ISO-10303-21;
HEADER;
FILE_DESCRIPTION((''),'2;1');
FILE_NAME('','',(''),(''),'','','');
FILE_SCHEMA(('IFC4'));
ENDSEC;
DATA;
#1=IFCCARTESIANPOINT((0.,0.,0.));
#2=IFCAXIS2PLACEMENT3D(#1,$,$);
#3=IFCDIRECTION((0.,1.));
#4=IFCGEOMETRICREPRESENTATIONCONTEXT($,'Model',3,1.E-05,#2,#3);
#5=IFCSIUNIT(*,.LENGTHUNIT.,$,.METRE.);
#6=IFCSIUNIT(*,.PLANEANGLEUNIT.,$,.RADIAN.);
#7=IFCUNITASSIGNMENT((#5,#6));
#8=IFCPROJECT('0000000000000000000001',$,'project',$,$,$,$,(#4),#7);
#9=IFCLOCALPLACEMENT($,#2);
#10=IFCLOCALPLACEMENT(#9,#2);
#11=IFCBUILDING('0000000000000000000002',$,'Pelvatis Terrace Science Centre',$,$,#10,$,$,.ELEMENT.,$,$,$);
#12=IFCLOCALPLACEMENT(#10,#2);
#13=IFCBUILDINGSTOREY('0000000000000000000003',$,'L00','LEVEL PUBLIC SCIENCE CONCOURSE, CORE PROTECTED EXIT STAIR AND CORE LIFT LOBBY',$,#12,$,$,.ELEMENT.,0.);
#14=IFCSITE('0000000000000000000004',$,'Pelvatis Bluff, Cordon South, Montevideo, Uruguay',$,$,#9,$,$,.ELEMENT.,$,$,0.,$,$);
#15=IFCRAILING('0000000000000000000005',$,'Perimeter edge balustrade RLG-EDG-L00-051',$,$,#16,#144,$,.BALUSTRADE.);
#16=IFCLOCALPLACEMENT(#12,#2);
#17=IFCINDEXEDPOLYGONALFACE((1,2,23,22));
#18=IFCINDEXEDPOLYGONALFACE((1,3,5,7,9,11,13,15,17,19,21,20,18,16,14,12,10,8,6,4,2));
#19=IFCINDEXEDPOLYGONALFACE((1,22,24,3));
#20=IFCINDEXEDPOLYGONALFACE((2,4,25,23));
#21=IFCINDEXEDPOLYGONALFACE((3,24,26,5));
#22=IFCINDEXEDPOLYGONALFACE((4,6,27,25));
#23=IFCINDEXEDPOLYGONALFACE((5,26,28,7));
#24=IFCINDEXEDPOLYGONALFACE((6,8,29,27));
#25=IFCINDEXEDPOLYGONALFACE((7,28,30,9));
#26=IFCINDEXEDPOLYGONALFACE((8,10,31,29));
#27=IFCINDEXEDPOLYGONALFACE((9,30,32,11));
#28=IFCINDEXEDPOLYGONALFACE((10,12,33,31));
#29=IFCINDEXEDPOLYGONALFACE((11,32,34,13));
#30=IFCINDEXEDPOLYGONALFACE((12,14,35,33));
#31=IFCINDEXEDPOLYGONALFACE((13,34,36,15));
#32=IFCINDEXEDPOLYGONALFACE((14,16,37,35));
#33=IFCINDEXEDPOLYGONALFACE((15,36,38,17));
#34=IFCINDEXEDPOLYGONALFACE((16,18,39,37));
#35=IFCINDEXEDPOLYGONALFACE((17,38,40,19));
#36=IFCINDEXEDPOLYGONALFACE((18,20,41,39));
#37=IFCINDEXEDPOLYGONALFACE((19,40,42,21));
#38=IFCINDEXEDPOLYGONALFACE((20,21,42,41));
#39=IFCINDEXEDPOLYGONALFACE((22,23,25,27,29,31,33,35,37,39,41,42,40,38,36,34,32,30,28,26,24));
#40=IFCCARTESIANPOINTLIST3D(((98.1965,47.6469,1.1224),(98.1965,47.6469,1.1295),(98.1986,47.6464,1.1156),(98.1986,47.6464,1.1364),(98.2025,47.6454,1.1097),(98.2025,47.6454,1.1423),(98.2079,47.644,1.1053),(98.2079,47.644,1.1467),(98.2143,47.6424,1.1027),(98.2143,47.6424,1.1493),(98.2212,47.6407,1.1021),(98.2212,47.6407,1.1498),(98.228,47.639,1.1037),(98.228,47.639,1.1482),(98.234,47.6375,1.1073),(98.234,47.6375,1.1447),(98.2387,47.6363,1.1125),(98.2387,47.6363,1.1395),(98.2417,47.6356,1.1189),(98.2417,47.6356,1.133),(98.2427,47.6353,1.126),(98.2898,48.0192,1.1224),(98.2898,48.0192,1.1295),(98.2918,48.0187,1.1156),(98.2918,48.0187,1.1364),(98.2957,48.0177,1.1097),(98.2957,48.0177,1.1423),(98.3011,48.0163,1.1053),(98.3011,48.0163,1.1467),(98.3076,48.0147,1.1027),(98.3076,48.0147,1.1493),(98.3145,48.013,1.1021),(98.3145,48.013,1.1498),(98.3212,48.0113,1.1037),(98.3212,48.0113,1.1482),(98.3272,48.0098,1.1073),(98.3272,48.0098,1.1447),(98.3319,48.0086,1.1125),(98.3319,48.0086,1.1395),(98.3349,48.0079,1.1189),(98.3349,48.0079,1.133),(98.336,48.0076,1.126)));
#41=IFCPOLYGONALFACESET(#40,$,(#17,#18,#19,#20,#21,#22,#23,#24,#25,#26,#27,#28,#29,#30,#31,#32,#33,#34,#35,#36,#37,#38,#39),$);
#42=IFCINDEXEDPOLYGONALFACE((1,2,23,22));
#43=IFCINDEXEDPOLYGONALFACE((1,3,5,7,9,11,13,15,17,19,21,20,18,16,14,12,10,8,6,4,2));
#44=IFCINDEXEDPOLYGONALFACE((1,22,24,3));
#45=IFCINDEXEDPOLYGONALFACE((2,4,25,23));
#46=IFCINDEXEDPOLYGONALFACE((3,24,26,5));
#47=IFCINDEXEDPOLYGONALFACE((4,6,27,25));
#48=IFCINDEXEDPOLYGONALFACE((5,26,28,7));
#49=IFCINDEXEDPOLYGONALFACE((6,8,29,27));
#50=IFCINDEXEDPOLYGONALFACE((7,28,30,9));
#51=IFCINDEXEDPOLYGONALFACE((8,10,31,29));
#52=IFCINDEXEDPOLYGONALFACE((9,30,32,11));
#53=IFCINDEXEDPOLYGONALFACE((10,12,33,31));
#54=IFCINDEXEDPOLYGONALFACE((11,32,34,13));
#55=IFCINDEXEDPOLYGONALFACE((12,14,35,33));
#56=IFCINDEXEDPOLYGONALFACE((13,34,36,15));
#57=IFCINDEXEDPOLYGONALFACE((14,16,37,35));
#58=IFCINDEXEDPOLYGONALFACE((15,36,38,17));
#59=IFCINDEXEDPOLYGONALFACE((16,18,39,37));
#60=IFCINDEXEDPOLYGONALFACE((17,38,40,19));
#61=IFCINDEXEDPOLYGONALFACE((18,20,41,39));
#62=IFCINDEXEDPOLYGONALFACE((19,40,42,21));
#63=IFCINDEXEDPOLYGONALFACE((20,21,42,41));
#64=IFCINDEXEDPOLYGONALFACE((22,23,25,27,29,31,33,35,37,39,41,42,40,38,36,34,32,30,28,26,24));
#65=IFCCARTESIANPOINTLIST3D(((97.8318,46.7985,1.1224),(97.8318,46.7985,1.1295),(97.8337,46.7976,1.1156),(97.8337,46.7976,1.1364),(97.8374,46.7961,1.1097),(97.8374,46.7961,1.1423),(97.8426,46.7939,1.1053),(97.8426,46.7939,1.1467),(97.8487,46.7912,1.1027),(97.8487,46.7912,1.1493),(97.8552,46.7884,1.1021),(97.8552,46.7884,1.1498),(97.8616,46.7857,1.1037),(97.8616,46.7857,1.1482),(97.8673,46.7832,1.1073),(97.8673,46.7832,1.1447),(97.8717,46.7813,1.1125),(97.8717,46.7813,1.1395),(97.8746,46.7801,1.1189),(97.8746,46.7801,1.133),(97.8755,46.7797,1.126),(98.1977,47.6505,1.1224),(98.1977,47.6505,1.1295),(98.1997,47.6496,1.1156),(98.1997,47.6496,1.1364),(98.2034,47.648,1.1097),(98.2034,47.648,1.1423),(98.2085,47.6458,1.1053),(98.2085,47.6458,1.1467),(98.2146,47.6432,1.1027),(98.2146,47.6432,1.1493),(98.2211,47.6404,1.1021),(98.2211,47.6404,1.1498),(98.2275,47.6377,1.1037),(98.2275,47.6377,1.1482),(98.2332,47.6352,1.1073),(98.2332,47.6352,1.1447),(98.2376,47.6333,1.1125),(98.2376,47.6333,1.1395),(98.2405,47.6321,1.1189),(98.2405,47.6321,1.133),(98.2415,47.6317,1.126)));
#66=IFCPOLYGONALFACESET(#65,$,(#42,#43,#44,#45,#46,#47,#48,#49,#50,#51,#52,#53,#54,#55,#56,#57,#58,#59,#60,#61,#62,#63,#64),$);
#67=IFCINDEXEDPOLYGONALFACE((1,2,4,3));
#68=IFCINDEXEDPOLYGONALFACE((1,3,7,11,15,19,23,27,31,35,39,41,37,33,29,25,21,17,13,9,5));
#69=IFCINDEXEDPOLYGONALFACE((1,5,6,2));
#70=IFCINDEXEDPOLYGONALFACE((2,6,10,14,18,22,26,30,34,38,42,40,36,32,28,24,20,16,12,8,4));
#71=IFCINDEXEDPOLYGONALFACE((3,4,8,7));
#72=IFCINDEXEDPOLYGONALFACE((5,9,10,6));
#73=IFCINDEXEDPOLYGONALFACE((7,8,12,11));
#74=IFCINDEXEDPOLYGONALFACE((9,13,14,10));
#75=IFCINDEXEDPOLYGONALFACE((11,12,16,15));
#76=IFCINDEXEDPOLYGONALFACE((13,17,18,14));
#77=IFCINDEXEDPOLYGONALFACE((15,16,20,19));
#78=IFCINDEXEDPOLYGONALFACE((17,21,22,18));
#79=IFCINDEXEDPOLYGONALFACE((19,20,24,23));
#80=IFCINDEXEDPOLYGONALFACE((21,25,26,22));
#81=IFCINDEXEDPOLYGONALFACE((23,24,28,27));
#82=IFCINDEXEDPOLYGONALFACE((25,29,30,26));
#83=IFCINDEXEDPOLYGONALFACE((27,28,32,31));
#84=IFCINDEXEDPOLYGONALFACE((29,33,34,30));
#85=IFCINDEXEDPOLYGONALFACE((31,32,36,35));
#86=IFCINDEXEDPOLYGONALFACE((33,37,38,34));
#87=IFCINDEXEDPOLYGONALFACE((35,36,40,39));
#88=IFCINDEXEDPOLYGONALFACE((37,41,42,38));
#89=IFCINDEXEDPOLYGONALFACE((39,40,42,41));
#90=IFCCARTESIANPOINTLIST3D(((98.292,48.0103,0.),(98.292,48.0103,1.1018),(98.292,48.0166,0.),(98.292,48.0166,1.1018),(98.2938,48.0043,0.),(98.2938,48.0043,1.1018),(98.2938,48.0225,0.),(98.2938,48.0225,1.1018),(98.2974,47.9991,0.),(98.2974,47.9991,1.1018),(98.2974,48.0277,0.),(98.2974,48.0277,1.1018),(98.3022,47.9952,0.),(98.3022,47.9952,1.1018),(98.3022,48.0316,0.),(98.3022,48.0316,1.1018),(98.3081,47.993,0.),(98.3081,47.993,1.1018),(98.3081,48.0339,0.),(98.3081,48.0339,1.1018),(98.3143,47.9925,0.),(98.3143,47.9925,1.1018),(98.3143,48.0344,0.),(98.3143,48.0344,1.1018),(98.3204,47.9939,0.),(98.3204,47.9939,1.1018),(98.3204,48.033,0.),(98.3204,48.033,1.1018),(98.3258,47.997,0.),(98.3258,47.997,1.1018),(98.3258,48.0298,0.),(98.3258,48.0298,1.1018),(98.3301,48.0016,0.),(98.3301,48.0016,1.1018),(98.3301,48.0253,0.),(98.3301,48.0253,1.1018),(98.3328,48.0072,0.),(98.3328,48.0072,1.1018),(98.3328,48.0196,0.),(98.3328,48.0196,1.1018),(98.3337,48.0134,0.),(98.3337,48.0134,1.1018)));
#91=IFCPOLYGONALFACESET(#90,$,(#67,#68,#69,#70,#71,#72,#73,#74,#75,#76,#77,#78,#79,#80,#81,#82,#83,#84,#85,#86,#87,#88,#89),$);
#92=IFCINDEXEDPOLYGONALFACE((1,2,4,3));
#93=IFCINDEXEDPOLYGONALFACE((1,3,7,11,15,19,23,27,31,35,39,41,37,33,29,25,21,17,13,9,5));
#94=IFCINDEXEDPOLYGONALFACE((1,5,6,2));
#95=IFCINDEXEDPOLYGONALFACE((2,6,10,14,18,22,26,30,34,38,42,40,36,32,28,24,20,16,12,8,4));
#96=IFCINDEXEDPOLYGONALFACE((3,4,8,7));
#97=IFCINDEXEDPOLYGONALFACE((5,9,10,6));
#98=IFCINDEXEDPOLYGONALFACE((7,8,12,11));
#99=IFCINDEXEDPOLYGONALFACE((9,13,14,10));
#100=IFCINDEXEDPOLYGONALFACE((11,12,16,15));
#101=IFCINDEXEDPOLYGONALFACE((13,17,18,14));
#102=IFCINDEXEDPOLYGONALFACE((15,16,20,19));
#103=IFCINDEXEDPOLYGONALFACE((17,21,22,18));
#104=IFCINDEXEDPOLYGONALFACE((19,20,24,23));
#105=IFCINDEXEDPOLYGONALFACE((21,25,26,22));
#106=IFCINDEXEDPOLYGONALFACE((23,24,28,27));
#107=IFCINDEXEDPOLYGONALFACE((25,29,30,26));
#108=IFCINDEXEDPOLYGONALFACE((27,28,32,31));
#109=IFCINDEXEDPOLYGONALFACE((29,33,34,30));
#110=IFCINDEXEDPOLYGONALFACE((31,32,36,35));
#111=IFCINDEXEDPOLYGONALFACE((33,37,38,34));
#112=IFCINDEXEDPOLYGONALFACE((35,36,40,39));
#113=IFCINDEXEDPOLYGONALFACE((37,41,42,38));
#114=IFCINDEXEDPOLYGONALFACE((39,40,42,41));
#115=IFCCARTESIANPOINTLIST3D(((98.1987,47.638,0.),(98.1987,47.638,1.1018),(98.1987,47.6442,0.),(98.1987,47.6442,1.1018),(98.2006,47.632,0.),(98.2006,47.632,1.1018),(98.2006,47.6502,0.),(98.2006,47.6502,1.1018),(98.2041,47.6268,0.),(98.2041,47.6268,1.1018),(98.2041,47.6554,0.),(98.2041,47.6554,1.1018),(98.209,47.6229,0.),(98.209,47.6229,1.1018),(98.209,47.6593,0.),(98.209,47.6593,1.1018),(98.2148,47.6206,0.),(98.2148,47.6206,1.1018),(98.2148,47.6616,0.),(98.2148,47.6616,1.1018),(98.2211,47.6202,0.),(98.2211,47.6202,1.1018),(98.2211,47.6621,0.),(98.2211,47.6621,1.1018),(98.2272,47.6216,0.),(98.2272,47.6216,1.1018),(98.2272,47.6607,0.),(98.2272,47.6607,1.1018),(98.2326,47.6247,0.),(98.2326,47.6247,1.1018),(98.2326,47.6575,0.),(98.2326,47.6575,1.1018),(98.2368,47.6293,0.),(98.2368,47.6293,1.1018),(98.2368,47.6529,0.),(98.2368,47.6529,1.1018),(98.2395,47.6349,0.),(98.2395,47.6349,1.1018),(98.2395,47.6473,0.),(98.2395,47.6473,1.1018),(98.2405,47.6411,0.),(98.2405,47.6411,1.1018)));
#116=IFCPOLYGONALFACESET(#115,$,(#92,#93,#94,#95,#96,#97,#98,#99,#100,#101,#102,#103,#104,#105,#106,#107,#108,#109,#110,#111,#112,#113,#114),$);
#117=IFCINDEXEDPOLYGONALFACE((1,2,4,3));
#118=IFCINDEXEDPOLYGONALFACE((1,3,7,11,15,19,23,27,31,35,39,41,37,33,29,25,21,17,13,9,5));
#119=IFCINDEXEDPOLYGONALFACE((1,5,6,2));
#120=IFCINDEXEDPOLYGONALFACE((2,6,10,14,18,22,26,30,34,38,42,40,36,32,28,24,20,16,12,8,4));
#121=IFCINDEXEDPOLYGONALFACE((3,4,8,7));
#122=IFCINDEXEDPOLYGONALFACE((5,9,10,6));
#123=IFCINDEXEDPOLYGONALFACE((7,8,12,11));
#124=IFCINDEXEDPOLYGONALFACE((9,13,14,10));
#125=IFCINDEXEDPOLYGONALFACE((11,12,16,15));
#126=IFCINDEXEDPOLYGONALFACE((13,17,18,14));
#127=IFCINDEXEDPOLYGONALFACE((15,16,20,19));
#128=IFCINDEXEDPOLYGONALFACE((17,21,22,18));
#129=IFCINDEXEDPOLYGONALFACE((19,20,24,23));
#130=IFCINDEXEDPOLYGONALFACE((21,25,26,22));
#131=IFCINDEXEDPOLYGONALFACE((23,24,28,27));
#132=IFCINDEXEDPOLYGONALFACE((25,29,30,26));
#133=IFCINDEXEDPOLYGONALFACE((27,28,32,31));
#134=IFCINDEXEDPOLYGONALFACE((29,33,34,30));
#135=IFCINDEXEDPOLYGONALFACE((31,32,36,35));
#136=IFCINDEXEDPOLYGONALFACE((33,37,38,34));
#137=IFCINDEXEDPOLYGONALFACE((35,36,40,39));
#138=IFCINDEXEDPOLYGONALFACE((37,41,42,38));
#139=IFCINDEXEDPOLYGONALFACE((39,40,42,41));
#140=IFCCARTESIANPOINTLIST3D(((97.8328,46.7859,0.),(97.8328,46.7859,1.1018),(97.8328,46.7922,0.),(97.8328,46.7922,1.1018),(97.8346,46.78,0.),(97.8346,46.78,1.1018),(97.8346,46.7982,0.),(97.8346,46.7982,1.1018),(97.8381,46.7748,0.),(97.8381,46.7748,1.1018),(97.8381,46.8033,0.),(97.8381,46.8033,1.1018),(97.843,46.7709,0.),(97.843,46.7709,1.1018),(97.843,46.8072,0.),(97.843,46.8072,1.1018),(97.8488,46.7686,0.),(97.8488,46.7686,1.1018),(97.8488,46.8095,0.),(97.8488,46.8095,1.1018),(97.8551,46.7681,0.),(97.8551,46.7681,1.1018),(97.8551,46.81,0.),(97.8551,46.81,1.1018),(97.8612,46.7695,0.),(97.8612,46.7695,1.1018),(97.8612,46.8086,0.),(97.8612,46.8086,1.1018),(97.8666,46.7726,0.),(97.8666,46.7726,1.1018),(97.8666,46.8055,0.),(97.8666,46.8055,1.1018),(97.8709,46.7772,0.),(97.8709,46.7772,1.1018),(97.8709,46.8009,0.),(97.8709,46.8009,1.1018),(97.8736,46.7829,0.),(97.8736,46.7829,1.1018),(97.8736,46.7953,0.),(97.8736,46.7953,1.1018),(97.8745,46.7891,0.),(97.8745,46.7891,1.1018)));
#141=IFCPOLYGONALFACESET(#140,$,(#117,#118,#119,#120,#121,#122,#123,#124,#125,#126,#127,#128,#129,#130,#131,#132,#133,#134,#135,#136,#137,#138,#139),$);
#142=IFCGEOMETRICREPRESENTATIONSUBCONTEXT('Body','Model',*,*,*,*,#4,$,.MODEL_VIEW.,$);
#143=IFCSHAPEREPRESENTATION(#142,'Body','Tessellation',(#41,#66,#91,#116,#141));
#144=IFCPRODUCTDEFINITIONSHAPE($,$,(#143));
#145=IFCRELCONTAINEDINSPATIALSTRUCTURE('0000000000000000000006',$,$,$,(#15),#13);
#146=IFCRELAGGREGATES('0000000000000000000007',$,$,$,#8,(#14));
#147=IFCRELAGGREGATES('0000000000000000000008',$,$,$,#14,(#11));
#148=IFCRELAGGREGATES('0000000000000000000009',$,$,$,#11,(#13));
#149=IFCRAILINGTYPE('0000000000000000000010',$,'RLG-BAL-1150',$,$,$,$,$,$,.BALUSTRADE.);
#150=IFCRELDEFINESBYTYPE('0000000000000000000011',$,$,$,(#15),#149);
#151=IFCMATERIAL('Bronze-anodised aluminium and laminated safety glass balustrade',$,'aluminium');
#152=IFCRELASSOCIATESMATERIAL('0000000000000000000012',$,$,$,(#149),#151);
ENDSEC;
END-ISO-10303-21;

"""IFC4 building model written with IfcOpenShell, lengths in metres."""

from ifc_helpers import new_model, si_unit, direction, frame, origin, origin_2d, place, context, subcontext, project, spatial, circle, extrude, material, type_object, element, save


model = new_model("IFC4")

# Units and contexts
model_context = context("Model", 3, precision=1e-05, world=origin(), true_north=direction((0.0, 1.0)))
body_context = subcontext(model_context, "Body", "Model", "MODEL_VIEW")
ifc_project = project(units=[si_unit("LENGTHUNIT", "METRE"), si_unit("PLANEANGLEUNIT", "RADIAN")], contexts=[model_context])

# Site, building, storey
site_placement = place(None, origin())
site = spatial("IfcSite", under=ifc_project, at=site_placement, Name="Pelvatis Bluff, Cordon South, Montevideo, Uruguay", CompositionType="ELEMENT", RefElevation=0.0)
building_placement = place(site_placement, origin())
building = spatial("IfcBuilding", under=site, at=building_placement, Name="Pelvatis Terrace Science Centre", CompositionType="ELEMENT")
storey_placement = place(building_placement, origin())
storey = spatial("IfcBuildingStorey", under=building, at=storey_placement, Name="L00", Description="LEVEL PUBLIC SCIENCE CONCOURSE, CORE PROTECTED EXIT STAIR AND CORE LIFT LOBBY", CompositionType="ELEMENT", Elevation=0.0)

# Railing
ifc_material_1 = material(Name="Bronze-anodised aluminium and laminated safety glass balustrade", Category="aluminium")
railing_type = type_object("IfcRailingType", Name="RLG-BAL-1150", PredefinedType="BALUSTRADE", material=ifc_material_1)
railing_placement = place(storey_placement, frame((98.3127, 48.0134, 0.0)))
element("IfcRailing", 1, at=railing_placement, inside=storey, type_object=railing_type, Name="Perimeter edge balustrade RLG-EDG-L00-051", PredefinedType="BALUSTRADE", context=body_context, shape_type="SweptSolid", body=[
    extrude(circle(Radius=0.0239, at=origin_2d()), frame((0.0, 0.0, 1.126), z_axis=(-0.242985, -0.97003, 0.0), x_axis=(0.97003, -0.242985, 0.0)), (0.0, 0.0, 1.0), 0.3838),
    extrude(circle(Radius=0.0239, at=origin_2d()), frame((-0.0933, -0.3723, 1.126), z_axis=(-0.39465, -0.918832, 0.0), x_axis=(0.918832, -0.39465, 0.0)), (0.0, 0.0, 1.0), 0.9272),
    extrude(circle(Radius=0.021, at=origin_2d()), origin(), (0.0, 0.0, 1.0), 1.1018),
    extrude(circle(Radius=0.021, at=origin_2d()), frame((-0.0933, -0.3723, 0.0)), (0.0, 0.0, 1.0), 1.1018),
    extrude(circle(Radius=0.021, at=origin_2d()), frame((-0.4592, -1.2244, 0.0)), (0.0, 0.0, 1.0), 1.1018),
])

save(model, "model.ifc")
